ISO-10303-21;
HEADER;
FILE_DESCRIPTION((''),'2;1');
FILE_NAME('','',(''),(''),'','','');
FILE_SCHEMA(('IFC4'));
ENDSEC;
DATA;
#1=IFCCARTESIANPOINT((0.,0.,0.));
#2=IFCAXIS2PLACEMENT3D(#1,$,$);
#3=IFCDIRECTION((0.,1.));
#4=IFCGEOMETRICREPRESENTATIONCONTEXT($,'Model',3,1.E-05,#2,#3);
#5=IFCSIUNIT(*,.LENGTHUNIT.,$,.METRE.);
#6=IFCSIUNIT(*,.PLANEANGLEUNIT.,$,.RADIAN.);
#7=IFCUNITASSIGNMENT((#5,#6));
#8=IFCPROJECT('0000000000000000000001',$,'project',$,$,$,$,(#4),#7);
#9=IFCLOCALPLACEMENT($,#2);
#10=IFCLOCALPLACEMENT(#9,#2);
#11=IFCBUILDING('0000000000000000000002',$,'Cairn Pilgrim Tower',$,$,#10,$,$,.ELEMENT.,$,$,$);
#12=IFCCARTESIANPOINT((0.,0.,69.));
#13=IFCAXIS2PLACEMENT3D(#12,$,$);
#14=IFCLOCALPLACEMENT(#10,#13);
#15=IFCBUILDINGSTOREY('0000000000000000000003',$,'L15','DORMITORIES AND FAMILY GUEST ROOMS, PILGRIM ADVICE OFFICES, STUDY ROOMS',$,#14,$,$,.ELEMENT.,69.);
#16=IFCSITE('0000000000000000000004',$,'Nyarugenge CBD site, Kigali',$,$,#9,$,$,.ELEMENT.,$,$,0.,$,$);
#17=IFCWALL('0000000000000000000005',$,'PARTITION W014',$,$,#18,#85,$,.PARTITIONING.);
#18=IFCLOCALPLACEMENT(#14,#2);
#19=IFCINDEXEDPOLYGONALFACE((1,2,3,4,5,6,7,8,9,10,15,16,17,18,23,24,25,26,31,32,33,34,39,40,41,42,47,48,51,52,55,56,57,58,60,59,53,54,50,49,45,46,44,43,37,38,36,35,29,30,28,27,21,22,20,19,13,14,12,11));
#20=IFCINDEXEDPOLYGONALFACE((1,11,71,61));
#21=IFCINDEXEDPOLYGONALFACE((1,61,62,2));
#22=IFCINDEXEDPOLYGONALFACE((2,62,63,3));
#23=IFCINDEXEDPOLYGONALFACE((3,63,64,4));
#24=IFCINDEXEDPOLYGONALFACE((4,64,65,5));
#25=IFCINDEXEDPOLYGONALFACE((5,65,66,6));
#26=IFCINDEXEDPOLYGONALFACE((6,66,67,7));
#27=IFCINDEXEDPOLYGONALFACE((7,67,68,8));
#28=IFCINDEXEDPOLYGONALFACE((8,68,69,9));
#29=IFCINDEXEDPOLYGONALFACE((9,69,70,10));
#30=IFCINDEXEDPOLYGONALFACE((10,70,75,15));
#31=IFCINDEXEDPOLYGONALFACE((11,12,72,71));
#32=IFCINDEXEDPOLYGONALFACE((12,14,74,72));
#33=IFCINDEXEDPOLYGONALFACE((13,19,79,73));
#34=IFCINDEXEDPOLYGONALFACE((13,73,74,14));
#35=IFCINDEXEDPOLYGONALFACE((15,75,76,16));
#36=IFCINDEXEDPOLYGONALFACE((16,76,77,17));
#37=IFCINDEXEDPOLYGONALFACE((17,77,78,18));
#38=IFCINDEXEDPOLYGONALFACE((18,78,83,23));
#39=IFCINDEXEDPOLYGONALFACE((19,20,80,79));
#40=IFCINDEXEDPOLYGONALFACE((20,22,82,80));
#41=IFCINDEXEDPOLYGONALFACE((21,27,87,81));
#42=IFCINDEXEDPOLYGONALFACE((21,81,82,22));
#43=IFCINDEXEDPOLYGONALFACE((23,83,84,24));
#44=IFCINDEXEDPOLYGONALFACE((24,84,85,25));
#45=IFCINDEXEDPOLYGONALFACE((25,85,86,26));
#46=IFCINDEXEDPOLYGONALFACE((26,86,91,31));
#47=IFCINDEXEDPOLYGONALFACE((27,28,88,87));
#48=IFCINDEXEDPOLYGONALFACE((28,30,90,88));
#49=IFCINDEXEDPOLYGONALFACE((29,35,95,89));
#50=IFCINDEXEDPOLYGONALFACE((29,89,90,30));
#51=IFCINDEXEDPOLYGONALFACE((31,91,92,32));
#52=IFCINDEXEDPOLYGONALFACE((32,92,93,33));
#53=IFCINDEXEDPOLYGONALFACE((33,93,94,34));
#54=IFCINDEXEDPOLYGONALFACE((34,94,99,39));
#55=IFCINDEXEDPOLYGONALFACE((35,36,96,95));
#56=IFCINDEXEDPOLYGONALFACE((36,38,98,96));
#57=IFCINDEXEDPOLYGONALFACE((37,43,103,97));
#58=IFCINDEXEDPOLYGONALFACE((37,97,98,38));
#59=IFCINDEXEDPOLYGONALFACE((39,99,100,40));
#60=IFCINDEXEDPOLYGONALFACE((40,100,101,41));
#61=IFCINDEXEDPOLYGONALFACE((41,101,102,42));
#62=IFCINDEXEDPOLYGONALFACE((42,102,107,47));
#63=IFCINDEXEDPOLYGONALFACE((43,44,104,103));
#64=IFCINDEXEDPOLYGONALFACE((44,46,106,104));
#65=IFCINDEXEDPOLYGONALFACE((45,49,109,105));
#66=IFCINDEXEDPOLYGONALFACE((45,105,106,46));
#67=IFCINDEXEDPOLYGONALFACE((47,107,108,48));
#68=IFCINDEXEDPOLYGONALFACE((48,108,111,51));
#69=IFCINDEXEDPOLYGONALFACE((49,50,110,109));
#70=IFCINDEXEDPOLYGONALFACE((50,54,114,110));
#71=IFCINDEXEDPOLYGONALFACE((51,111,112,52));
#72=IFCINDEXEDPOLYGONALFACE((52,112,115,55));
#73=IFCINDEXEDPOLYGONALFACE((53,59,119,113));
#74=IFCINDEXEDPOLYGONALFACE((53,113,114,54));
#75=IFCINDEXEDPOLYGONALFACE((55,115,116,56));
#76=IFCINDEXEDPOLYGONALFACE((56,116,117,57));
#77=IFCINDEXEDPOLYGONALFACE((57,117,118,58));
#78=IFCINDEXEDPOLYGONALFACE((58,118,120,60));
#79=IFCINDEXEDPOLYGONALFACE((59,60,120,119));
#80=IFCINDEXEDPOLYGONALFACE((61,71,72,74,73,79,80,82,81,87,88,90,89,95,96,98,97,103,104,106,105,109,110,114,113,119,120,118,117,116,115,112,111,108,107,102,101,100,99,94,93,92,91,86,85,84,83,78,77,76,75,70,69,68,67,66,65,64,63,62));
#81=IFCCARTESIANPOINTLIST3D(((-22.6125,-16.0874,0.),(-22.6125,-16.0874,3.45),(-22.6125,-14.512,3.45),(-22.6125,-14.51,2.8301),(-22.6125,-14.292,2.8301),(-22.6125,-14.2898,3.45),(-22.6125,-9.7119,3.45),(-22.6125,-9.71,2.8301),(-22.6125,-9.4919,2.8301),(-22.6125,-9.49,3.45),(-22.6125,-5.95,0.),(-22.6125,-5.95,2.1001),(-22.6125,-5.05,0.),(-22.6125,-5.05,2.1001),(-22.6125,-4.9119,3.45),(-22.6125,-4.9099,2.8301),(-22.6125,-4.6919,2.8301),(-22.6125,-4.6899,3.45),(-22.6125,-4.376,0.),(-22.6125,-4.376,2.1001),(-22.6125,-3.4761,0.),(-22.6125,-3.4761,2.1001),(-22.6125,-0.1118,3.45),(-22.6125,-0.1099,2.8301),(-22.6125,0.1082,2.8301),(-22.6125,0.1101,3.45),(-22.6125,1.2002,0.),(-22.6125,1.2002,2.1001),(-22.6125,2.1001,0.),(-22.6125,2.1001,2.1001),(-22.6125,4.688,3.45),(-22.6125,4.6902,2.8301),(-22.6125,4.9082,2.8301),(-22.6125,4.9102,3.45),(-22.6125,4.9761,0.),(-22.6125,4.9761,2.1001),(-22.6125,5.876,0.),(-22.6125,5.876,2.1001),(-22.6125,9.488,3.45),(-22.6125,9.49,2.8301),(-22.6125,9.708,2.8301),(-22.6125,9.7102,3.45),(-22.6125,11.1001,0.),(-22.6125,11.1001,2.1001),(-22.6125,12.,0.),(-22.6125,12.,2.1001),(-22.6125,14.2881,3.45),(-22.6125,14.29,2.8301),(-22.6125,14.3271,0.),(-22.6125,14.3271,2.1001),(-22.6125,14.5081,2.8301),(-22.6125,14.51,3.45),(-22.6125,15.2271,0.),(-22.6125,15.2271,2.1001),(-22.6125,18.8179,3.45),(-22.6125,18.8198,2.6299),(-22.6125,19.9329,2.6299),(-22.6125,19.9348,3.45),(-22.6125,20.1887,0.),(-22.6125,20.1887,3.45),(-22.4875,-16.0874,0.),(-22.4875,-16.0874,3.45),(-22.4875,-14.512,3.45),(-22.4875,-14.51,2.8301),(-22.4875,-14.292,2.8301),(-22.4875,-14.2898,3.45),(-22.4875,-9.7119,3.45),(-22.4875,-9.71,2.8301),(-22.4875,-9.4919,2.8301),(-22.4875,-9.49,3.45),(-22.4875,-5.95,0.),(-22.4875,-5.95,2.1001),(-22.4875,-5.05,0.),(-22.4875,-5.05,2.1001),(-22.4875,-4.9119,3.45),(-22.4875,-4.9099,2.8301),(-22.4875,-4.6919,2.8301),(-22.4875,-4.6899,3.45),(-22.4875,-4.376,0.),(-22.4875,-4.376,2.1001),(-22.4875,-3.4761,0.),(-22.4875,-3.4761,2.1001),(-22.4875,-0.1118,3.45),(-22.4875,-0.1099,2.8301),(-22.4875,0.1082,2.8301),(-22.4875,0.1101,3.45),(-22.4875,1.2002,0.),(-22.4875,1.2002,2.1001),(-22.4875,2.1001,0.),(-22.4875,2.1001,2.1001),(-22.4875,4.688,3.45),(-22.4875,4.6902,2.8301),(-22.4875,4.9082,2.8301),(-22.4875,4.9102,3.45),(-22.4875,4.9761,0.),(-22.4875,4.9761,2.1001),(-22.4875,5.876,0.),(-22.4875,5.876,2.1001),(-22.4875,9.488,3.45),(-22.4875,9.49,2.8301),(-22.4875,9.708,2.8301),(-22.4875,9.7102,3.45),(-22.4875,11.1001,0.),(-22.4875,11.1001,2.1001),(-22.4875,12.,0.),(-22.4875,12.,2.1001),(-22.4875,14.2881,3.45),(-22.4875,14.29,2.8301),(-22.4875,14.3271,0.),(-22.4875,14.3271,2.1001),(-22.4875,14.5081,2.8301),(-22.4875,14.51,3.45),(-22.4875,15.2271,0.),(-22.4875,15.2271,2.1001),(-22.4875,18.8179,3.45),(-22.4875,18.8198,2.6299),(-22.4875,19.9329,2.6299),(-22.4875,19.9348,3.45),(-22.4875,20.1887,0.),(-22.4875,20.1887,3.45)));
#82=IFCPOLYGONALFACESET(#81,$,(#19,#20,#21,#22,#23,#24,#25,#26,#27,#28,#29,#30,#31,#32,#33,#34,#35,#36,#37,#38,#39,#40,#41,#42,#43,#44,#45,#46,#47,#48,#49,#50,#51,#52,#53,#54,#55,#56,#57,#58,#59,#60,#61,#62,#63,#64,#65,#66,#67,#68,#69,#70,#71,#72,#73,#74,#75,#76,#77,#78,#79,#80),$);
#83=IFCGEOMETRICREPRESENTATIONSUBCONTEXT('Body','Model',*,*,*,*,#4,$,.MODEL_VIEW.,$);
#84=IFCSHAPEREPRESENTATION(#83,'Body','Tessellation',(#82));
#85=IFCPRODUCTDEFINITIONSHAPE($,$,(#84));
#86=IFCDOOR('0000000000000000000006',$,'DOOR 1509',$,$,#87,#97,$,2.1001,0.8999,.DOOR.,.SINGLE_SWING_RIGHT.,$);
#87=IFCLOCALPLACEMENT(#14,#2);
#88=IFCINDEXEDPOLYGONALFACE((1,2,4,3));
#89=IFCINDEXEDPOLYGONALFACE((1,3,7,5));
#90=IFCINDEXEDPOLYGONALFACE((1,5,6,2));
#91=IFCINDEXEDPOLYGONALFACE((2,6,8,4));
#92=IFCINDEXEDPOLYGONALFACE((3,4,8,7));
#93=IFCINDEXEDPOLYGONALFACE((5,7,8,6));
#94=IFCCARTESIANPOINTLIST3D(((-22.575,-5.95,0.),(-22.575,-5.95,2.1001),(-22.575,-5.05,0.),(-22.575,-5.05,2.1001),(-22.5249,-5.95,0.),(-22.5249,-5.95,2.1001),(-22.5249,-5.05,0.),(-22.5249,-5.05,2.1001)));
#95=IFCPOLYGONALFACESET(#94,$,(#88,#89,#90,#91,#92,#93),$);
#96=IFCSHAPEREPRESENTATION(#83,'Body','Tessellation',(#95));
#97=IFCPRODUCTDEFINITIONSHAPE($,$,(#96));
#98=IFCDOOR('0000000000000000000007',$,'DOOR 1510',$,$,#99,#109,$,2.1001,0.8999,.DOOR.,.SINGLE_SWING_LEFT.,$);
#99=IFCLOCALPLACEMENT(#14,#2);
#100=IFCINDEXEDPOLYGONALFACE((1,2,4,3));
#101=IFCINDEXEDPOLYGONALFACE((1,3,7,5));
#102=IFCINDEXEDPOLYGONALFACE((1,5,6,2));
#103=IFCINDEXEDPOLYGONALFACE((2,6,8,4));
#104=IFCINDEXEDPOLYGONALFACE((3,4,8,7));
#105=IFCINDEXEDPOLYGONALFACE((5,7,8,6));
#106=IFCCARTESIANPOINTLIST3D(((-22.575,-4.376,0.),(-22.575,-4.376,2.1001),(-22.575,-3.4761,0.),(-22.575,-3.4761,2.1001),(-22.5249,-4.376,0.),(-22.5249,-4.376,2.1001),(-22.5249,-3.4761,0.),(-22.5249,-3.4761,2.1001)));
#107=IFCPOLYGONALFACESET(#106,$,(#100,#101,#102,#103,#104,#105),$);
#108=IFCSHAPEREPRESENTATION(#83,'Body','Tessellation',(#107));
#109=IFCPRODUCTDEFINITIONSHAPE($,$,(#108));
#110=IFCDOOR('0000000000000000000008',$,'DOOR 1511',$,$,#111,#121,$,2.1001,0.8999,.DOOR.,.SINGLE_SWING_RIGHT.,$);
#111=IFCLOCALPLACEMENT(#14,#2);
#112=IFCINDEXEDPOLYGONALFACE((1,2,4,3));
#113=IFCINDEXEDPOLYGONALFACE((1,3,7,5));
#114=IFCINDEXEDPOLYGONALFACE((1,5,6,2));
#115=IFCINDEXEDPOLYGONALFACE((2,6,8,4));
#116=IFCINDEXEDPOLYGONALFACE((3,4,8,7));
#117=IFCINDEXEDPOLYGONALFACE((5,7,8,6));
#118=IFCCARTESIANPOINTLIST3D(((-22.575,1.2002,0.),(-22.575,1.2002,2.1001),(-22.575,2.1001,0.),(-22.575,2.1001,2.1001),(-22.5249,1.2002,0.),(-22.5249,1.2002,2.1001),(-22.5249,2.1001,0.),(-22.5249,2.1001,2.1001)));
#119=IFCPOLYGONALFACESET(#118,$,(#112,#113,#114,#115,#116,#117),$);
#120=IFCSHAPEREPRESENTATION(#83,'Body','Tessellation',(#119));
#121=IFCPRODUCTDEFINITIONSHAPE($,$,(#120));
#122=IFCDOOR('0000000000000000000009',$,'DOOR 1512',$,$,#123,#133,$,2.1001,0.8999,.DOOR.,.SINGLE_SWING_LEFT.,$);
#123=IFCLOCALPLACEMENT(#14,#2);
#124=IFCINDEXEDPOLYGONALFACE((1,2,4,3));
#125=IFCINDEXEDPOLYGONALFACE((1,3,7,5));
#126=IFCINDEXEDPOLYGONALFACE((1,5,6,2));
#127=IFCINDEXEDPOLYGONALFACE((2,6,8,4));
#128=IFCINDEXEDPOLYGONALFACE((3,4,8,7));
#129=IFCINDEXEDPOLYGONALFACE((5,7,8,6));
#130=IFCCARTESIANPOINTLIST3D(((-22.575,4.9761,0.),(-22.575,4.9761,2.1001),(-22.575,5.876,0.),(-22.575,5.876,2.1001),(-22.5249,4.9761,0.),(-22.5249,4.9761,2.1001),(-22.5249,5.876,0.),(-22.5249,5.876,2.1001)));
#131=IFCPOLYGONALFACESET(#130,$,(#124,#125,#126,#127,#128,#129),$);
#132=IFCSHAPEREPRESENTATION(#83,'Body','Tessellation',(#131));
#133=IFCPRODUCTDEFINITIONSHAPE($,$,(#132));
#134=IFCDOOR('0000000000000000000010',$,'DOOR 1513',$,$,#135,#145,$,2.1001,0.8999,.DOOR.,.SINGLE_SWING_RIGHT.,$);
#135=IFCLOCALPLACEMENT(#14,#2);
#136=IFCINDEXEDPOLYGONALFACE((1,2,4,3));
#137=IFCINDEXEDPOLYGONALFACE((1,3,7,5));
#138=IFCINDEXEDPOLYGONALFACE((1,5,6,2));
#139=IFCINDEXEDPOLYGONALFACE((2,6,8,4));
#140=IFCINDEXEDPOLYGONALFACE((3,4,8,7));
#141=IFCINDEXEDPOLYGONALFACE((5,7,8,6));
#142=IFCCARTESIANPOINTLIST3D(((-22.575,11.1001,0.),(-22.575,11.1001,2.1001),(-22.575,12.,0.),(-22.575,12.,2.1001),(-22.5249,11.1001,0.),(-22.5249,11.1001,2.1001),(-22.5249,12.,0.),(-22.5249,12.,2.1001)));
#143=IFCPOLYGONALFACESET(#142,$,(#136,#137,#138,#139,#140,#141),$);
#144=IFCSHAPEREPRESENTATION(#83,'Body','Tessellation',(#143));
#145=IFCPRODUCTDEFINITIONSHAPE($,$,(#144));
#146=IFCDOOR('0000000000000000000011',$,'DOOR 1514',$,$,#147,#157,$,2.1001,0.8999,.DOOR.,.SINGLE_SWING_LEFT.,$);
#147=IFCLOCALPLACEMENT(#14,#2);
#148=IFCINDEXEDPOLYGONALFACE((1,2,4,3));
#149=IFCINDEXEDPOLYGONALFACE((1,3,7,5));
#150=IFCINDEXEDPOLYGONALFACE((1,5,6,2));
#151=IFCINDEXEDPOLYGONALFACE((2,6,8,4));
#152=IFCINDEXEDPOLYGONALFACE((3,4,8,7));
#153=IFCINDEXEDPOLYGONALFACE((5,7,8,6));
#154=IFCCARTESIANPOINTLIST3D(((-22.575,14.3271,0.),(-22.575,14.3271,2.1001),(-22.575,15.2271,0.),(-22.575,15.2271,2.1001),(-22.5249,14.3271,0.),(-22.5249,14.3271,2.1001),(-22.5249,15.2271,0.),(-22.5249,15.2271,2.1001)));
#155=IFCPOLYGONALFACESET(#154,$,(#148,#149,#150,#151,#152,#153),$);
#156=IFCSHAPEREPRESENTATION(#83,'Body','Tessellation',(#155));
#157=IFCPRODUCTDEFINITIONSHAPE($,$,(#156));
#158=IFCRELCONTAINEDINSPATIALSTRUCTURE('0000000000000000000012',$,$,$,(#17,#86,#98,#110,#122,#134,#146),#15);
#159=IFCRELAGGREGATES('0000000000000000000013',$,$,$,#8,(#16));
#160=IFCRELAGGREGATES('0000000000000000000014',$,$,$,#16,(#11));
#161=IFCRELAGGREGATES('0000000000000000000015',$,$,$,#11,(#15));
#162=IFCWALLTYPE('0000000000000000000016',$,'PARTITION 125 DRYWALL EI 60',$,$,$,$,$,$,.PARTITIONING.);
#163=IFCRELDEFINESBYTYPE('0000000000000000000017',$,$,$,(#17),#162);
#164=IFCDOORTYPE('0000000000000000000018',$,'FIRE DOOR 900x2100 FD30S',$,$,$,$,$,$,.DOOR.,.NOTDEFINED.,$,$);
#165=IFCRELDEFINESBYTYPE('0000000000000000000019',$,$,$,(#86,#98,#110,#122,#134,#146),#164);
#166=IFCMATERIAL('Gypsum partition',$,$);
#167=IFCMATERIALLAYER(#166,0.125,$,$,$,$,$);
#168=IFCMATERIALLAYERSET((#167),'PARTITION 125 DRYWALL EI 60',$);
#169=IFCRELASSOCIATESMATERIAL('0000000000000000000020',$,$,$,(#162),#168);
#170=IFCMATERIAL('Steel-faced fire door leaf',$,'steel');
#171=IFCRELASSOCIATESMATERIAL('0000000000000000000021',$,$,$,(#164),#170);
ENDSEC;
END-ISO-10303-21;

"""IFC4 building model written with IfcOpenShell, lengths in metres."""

from ifc_helpers import new_model, si_unit, direction, frame, frame_2d, origin, place, context, subcontext, project, spatial, polyline, rectangle, outline, extrude, material, layer, layer_set, type_object, element, fill, save


model = new_model("IFC4")

# Units and contexts
model_context = context("Model", 3, precision=1e-05, world=origin(), true_north=direction((0.0, 1.0)))
body_context = subcontext(model_context, "Body", "Model", "MODEL_VIEW")
ifc_project = project(units=[si_unit("LENGTHUNIT", "METRE"), si_unit("PLANEANGLEUNIT", "RADIAN")], contexts=[model_context])

# Site, building, storey
site_placement = place(None, origin())
site = spatial("IfcSite", under=ifc_project, at=site_placement, Name="Nyarugenge CBD site, Kigali", CompositionType="ELEMENT", RefElevation=0.0)
building_placement = place(site_placement, origin())
building = spatial("IfcBuilding", under=site, at=building_placement, Name="Cairn Pilgrim Tower", CompositionType="ELEMENT")
storey_placement = place(building_placement, frame((0.0, 0.0, 69.0)))
storey = spatial("IfcBuildingStorey", under=building, at=storey_placement, Name="L15", Description="DORMITORIES AND FAMILY GUEST ROOMS, PILGRIM ADVICE OFFICES, STUDY ROOMS", CompositionType="ELEMENT", Elevation=69.0)

# Wall, openings, doors
ifc_material_1 = material(Name="Gypsum partition")
ifc_layer = layer(ifc_material_1, 0.125)
ifc_layer_set = layer_set([ifc_layer], Name="PARTITION 125 DRYWALL EI 60")
wall_type = type_object("IfcWallType", Name="PARTITION 125 DRYWALL EI 60", PredefinedType="PARTITIONING", material=ifc_layer_set)
ifc_material_2 = material(Name="Steel-faced fire door leaf", Category="steel")
door_type = type_object("IfcDoorType", Name="FIRE DOOR 900x2100 FD30S", OperationType="NOTDEFINED", PredefinedType="DOOR", material=ifc_material_2)
wall_1_placement = place(storey_placement, frame((-22.55, -16.0874, 0.0), z_axis=(0.0, 0.0, 1.0), x_axis=(0.0, 1.0, 0.0)))
wall_1 = element("IfcWall", 1, at=wall_1_placement, inside=storey, type_object=wall_type, Name="PARTITION W014", PredefinedType="PARTITIONING", context=body_context, shape_type="SweptSolid", body=[
    extrude(outline(polyline([(0.0, 0.0), (36.2761, 0.0), (36.2761, 3.45), (36.0222, 3.45), (36.0203, 2.6299), (34.9072, 2.6299), (34.9053, 3.45), (30.5974, 3.45), (30.5955, 2.8301), (30.3774, 2.8301), (30.3755, 3.45), (25.7976, 3.45), (25.7954, 2.8301), (25.5774, 2.8301), (25.5754, 3.45), (20.9976, 3.45), (20.9956, 2.8301), (20.7776, 2.8301), (20.7754, 3.45), (16.1975, 3.45), (16.1956, 2.8301), (15.9775, 2.8301), (15.9756, 3.45), (11.3975, 3.45), (11.3955, 2.8301), (11.1775, 2.8301), (11.1755, 3.45), (6.5974, 3.45), (6.5955, 2.8301), (6.3774, 2.8301), (6.3755, 3.45), (1.7976, 3.45), (1.7954, 2.8301), (1.5774, 2.8301), (1.5754, 3.45), (0.0, 3.45), (0.0, 0.0)])), frame((0.0, 0.0625, 0.0), z_axis=(0.0, -1.0, 0.0), x_axis=(1.0, 0.0, 0.0)), (0.0, 0.0, 1.0), 0.125),
])
opening_1_placement = place(wall_1_placement, frame((10.1375, 0.0, 0.0)))
opening_1 = element("IfcOpeningElement", 2, at=opening_1_placement, cuts=wall_1, PredefinedType="OPENING", context=body_context, shape_type="SweptSolid", body=[
    extrude(rectangle(XDim=0.8999, YDim=2.1001, at=frame_2d((0.45, 1.05))), frame((0.0, 0.0725, 0.0), z_axis=(0.0, -1.0, 0.0), x_axis=(1.0, 0.0, 0.0)), (0.0, 0.0, 1.0), 0.145),
])
opening_2_placement = place(wall_1_placement, frame((11.7114, 0.0, 0.0)))
opening_2 = element("IfcOpeningElement", 3, at=opening_2_placement, cuts=wall_1, PredefinedType="OPENING", context=body_context, shape_type="SweptSolid", body=[
    extrude(rectangle(XDim=0.8999, YDim=2.1001, at=frame_2d((0.45, 1.05))), frame((0.0, 0.0725, 0.0), z_axis=(0.0, -1.0, 0.0), x_axis=(1.0, 0.0, 0.0)), (0.0, 0.0, 1.0), 0.145),
])
opening_3_placement = place(wall_1_placement, frame((17.2876, 0.0, 0.0)))
opening_3 = element("IfcOpeningElement", 4, at=opening_3_placement, cuts=wall_1, PredefinedType="OPENING", context=body_context, shape_type="SweptSolid", body=[
    extrude(rectangle(XDim=0.8999, YDim=2.1001, at=frame_2d((0.45, 1.05))), frame((0.0, 0.0725, 0.0), z_axis=(0.0, -1.0, 0.0), x_axis=(1.0, 0.0, 0.0)), (0.0, 0.0, 1.0), 0.145),
])
opening_4_placement = place(wall_1_placement, frame((21.0635, 0.0, 0.0)))
opening_4 = element("IfcOpeningElement", 5, at=opening_4_placement, cuts=wall_1, PredefinedType="OPENING", context=body_context, shape_type="SweptSolid", body=[
    extrude(rectangle(XDim=0.8999, YDim=2.1001, at=frame_2d((0.45, 1.05))), frame((0.0, 0.0725, 0.0), z_axis=(0.0, -1.0, 0.0), x_axis=(1.0, 0.0, 0.0)), (0.0, 0.0, 1.0), 0.145),
])
opening_5_placement = place(wall_1_placement, frame((27.1875, 0.0, 0.0)))
opening_5 = element("IfcOpeningElement", 6, at=opening_5_placement, cuts=wall_1, PredefinedType="OPENING", context=body_context, shape_type="SweptSolid", body=[
    extrude(rectangle(XDim=0.8999, YDim=2.1001, at=frame_2d((0.45, 1.05))), frame((0.0, 0.0725, 0.0), z_axis=(0.0, -1.0, 0.0), x_axis=(1.0, 0.0, 0.0)), (0.0, 0.0, 1.0), 0.145),
])
opening_6_placement = place(wall_1_placement, frame((30.4146, 0.0, 0.0)))
opening_6 = element("IfcOpeningElement", 7, at=opening_6_placement, cuts=wall_1, PredefinedType="OPENING", context=body_context, shape_type="SweptSolid", body=[
    extrude(rectangle(XDim=0.8999, YDim=2.1001, at=frame_2d((0.45, 1.05))), frame((0.0, 0.0725, 0.0), z_axis=(0.0, -1.0, 0.0), x_axis=(1.0, 0.0, 0.0)), (0.0, 0.0, 1.0), 0.145),
])
door_1_placement = place(opening_1_placement, origin())
door_1 = element("IfcDoor", 8, at=door_1_placement, inside=storey, type_object=door_type, Name="DOOR 1509", OperationType="SINGLE_SWING_RIGHT", OverallHeight=2.1001, OverallWidth=0.8999, PredefinedType="DOOR", context=body_context, shape_type="SweptSolid", body=[
    extrude(rectangle(XDim=0.8999, YDim=2.1001, at=frame_2d((0.45, 1.05))), frame((0.0, 0.0249, 0.0), z_axis=(0.0, -1.0, 0.0), x_axis=(1.0, 0.0, 0.0)), (0.0, 0.0, 1.0), 0.05),
])
fill(opening_1, door_1)
door_2_placement = place(opening_2_placement, origin())
door_2 = element("IfcDoor", 9, at=door_2_placement, inside=storey, type_object=door_type, Name="DOOR 1510", OperationType="SINGLE_SWING_LEFT", OverallHeight=2.1001, OverallWidth=0.8999, PredefinedType="DOOR", context=body_context, shape_type="SweptSolid", body=[
    extrude(rectangle(XDim=0.8999, YDim=2.1001, at=frame_2d((0.45, 1.05))), frame((0.0, 0.0249, 0.0), z_axis=(0.0, -1.0, 0.0), x_axis=(1.0, 0.0, 0.0)), (0.0, 0.0, 1.0), 0.05),
])
fill(opening_2, door_2)
door_3_placement = place(opening_3_placement, origin())
door_3 = element("IfcDoor", 10, at=door_3_placement, inside=storey, type_object=door_type, Name="DOOR 1511", OperationType="SINGLE_SWING_RIGHT", OverallHeight=2.1001, OverallWidth=0.8999, PredefinedType="DOOR", context=body_context, shape_type="SweptSolid", body=[
    extrude(rectangle(XDim=0.8999, YDim=2.1001, at=frame_2d((0.45, 1.05))), frame((0.0, 0.0249, 0.0), z_axis=(0.0, -1.0, 0.0), x_axis=(1.0, 0.0, 0.0)), (0.0, 0.0, 1.0), 0.05),
])
fill(opening_3, door_3)
door_4_placement = place(opening_4_placement, origin())
door_4 = element("IfcDoor", 11, at=door_4_placement, inside=storey, type_object=door_type, Name="DOOR 1512", OperationType="SINGLE_SWING_LEFT", OverallHeight=2.1001, OverallWidth=0.8999, PredefinedType="DOOR", context=body_context, shape_type="SweptSolid", body=[
    extrude(rectangle(XDim=0.8999, YDim=2.1001, at=frame_2d((0.45, 1.05))), frame((0.0, 0.0249, 0.0), z_axis=(0.0, -1.0, 0.0), x_axis=(1.0, 0.0, 0.0)), (0.0, 0.0, 1.0), 0.05),
])
fill(opening_4, door_4)
door_5_placement = place(opening_5_placement, origin())
door_5 = element("IfcDoor", 12, at=door_5_placement, inside=storey, type_object=door_type, Name="DOOR 1513", OperationType="SINGLE_SWING_RIGHT", OverallHeight=2.1001, OverallWidth=0.8999, PredefinedType="DOOR", context=body_context, shape_type="SweptSolid", body=[
    extrude(rectangle(XDim=0.8999, YDim=2.1001, at=frame_2d((0.45, 1.05))), frame((0.0, 0.0249, 0.0), z_axis=(0.0, -1.0, 0.0), x_axis=(1.0, 0.0, 0.0)), (0.0, 0.0, 1.0), 0.05),
])
fill(opening_5, door_5)
door_6_placement = place(opening_6_placement, origin())
door_6 = element("IfcDoor", 13, at=door_6_placement, inside=storey, type_object=door_type, Name="DOOR 1514", OperationType="SINGLE_SWING_LEFT", OverallHeight=2.1001, OverallWidth=0.8999, PredefinedType="DOOR", context=body_context, shape_type="SweptSolid", body=[
    extrude(rectangle(XDim=0.8999, YDim=2.1001, at=frame_2d((0.45, 1.05))), frame((0.0, 0.0249, 0.0), z_axis=(0.0, -1.0, 0.0), x_axis=(1.0, 0.0, 0.0)), (0.0, 0.0, 1.0), 0.05),
])
fill(opening_6, door_6)

save(model, "model.ifc")
